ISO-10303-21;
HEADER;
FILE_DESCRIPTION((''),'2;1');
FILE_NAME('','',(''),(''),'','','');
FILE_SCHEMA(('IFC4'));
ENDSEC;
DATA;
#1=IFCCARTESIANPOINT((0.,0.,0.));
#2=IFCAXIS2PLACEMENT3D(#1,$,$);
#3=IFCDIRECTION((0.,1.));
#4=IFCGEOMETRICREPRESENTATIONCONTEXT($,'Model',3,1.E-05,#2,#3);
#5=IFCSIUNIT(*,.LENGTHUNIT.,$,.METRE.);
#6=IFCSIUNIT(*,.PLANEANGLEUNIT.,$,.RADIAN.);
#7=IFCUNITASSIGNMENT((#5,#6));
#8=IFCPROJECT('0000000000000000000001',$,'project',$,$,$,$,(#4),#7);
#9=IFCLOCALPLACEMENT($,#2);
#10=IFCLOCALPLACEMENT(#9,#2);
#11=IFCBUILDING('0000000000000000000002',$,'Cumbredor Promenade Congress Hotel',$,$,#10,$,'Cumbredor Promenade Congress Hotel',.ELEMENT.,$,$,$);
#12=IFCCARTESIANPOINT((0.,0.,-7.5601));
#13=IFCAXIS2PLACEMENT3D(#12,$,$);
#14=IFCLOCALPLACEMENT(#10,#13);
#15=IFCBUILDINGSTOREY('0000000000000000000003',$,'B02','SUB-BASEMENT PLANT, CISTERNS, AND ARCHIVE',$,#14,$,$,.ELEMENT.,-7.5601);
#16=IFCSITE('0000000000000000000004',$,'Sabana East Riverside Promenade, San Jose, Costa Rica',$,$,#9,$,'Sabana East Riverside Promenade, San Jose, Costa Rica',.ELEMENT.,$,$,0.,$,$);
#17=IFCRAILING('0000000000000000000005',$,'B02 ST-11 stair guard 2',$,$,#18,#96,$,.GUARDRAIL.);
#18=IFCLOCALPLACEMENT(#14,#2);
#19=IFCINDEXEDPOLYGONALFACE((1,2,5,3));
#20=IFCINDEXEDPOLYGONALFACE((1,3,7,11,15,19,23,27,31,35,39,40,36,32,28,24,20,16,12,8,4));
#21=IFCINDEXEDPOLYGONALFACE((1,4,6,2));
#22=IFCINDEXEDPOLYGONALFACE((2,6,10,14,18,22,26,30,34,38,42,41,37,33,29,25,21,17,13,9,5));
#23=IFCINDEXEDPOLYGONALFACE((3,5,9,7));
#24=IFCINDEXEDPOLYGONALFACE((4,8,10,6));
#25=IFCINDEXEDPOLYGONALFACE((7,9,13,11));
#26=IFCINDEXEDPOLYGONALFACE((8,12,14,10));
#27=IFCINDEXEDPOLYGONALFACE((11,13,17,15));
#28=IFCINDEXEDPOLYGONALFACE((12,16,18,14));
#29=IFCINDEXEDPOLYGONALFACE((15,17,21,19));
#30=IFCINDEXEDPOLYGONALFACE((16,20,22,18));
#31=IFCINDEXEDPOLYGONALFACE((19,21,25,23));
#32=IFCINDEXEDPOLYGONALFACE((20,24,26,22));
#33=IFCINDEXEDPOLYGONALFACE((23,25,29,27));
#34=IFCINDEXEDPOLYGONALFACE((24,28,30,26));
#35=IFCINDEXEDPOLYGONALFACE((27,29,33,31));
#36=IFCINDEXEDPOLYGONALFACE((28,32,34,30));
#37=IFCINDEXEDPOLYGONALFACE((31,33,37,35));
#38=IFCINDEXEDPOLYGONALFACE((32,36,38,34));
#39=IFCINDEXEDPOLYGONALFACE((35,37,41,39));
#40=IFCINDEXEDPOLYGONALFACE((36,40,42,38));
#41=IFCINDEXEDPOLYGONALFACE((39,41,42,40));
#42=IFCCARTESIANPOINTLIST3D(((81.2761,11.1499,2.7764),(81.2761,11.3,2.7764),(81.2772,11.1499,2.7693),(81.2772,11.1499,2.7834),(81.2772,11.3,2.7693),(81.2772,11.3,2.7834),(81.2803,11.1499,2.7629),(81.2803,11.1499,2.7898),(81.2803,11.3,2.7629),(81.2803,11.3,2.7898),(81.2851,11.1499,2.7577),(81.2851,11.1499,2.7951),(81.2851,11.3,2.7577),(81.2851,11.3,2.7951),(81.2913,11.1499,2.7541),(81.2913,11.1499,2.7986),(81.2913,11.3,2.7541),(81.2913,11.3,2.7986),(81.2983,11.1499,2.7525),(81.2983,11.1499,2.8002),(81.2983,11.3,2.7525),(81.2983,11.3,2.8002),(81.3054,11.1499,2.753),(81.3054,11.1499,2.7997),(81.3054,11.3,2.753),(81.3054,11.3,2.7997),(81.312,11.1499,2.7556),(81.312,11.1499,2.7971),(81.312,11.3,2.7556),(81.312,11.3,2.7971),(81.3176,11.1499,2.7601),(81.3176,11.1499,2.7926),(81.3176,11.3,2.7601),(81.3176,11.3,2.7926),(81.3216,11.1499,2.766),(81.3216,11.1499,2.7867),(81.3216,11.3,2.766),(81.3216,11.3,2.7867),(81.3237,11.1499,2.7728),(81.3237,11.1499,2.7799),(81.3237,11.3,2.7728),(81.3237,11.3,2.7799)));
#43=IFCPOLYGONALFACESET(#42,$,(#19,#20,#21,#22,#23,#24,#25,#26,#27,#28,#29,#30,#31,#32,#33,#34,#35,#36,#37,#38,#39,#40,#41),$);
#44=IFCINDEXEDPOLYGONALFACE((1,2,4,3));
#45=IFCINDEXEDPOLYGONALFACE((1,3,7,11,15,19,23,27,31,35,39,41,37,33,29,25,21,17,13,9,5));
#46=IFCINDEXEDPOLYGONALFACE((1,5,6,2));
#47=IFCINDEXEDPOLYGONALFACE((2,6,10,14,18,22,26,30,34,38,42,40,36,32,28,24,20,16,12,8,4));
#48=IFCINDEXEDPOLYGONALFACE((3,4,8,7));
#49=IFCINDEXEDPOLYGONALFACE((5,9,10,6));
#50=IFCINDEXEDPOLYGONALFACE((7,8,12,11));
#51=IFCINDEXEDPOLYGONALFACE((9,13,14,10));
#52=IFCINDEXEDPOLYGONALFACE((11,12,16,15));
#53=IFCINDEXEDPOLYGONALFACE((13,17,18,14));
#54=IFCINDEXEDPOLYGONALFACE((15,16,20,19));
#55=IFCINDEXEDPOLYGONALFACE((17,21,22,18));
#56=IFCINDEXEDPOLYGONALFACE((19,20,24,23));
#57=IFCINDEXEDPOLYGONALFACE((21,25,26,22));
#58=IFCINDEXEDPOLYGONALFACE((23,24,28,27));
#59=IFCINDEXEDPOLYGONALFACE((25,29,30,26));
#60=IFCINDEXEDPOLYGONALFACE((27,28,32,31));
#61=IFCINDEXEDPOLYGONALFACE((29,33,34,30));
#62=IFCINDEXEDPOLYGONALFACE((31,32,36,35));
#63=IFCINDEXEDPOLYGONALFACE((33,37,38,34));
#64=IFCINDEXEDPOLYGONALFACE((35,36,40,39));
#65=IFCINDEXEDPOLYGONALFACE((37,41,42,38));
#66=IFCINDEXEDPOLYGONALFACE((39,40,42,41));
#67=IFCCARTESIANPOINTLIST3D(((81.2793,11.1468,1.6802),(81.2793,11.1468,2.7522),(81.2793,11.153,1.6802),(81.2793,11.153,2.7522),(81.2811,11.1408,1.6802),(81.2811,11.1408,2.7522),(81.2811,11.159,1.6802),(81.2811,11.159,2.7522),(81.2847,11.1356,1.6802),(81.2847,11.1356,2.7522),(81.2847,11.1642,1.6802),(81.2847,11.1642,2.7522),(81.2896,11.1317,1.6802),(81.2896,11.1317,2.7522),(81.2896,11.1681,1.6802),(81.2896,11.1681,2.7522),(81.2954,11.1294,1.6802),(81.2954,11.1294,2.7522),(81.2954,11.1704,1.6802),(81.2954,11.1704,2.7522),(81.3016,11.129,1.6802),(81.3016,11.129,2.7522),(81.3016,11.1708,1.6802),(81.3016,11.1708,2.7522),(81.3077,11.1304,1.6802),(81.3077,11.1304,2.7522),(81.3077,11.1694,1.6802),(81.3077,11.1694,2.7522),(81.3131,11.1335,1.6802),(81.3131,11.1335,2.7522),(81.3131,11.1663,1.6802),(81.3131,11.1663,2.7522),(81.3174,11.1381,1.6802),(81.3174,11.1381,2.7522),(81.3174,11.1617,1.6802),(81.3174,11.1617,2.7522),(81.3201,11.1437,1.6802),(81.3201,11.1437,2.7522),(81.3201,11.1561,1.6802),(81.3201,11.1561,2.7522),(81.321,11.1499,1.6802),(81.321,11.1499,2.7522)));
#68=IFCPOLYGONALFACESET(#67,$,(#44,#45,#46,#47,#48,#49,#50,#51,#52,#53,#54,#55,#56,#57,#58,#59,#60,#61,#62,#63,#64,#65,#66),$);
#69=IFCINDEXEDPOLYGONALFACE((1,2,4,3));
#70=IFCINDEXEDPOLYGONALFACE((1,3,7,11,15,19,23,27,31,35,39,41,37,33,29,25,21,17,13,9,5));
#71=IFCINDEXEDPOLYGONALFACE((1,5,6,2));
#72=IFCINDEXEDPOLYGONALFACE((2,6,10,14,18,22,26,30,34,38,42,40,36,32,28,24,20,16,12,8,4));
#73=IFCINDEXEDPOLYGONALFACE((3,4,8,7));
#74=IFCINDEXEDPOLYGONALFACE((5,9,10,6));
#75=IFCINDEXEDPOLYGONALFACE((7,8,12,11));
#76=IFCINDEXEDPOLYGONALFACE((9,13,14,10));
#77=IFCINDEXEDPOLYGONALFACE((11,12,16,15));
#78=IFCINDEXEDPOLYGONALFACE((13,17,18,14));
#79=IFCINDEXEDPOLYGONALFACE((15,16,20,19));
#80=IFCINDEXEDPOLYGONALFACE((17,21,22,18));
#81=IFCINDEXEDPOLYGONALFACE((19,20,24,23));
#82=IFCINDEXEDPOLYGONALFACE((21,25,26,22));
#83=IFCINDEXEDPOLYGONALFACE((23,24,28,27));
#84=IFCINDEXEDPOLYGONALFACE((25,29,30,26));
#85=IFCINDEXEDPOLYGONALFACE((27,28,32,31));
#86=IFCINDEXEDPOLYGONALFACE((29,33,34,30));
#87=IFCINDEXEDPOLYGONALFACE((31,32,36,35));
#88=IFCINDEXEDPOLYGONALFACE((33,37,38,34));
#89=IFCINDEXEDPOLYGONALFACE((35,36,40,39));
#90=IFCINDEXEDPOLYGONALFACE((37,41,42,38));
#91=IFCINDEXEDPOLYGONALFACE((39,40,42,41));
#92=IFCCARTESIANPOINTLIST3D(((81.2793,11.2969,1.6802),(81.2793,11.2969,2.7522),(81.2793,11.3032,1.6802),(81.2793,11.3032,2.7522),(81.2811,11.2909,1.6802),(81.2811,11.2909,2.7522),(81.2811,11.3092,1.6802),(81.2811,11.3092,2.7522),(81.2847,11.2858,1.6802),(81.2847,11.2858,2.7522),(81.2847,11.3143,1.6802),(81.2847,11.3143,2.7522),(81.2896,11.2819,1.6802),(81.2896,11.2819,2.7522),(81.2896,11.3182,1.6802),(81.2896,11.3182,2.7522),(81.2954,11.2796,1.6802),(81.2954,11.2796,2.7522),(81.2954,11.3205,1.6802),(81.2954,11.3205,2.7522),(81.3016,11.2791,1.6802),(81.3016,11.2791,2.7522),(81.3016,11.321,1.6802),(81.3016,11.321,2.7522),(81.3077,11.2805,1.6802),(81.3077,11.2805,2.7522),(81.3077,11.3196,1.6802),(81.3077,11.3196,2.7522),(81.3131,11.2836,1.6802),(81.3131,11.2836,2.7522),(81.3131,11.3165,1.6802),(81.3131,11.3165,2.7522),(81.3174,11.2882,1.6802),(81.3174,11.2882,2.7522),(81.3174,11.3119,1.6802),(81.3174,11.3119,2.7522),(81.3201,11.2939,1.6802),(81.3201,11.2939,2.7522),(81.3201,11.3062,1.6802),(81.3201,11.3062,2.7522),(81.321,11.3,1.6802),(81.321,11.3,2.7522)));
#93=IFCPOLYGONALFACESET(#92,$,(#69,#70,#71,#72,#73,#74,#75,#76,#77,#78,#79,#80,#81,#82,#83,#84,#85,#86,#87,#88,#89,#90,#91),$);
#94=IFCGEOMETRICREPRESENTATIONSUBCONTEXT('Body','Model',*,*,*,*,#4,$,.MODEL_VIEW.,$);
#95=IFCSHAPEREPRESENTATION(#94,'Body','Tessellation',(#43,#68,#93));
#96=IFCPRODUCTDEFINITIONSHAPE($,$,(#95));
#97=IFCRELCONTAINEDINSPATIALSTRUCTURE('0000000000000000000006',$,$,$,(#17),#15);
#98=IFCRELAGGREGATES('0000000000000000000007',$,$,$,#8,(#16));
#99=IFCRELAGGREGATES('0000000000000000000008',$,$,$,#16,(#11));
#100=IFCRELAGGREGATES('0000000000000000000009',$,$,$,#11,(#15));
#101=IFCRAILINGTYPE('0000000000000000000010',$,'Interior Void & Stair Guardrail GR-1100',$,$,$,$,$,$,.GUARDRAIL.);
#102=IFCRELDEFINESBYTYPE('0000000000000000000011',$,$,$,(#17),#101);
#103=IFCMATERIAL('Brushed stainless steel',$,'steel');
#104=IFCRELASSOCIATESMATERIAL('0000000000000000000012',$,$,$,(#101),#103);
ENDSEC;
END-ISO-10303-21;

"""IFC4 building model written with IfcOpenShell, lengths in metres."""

from ifc_helpers import new_model, si_unit, direction, frame, origin, origin_2d, place, context, subcontext, project, spatial, circle, extrude, material, type_object, element, save


model = new_model("IFC4")

# Units and contexts
model_context = context("Model", 3, precision=1e-05, world=origin(), true_north=direction((0.0, 1.0)))
body_context = subcontext(model_context, "Body", "Model", "MODEL_VIEW")
ifc_project = project(units=[si_unit("LENGTHUNIT", "METRE"), si_unit("PLANEANGLEUNIT", "RADIAN")], contexts=[model_context])

# Site, building, storey
site_placement = place(None, origin())
site = spatial("IfcSite", under=ifc_project, at=site_placement, Name="Sabana East Riverside Promenade, San Jose, Costa Rica", LongName="Sabana East Riverside Promenade, San Jose, Costa Rica", CompositionType="ELEMENT", RefElevation=0.0)
building_placement = place(site_placement, origin())
building = spatial("IfcBuilding", under=site, at=building_placement, Name="Cumbredor Promenade Congress Hotel", LongName="Cumbredor Promenade Congress Hotel", CompositionType="ELEMENT")
storey_placement = place(building_placement, frame((0.0, 0.0, -7.5601)))
storey = spatial("IfcBuildingStorey", under=building, at=storey_placement, Name="B02", Description="SUB-BASEMENT PLANT, CISTERNS, AND ARCHIVE", CompositionType="ELEMENT", Elevation=-7.5601)

# Shared definitions
ifc_material_1 = material(Name="Brushed stainless steel", Category="steel")

# Railing
railing_type_1 = type_object("IfcRailingType", Name="Interior Void & Stair Guardrail GR-1100", PredefinedType="GUARDRAIL", material=ifc_material_1)
railing_1_placement = place(storey_placement, frame((81.3, 11.1499, 1.6802)))
element("IfcRailing", 1, at=railing_1_placement, inside=storey, type_object=railing_type_1, Name="B02 ST-11 stair guard 2", PredefinedType="GUARDRAIL", context=body_context, shape_type="SweptSolid", body=[
    extrude(circle(Radius=0.0239, at=origin_2d()), frame((0.0, 0.0, 1.0962), z_axis=(0.0, 1.0, 0.0), x_axis=(-1.0, 0.0, 0.0)), (0.0, 0.0, 1.0), 0.1501),
    extrude(circle(Radius=0.021, at=origin_2d()), origin(), (0.0, 0.0, 1.0), 1.072),
    extrude(circle(Radius=0.021, at=origin_2d()), frame((0.0, 0.1501, 0.0)), (0.0, 0.0, 1.0), 1.072),
])

save(model, "model.ifc")
